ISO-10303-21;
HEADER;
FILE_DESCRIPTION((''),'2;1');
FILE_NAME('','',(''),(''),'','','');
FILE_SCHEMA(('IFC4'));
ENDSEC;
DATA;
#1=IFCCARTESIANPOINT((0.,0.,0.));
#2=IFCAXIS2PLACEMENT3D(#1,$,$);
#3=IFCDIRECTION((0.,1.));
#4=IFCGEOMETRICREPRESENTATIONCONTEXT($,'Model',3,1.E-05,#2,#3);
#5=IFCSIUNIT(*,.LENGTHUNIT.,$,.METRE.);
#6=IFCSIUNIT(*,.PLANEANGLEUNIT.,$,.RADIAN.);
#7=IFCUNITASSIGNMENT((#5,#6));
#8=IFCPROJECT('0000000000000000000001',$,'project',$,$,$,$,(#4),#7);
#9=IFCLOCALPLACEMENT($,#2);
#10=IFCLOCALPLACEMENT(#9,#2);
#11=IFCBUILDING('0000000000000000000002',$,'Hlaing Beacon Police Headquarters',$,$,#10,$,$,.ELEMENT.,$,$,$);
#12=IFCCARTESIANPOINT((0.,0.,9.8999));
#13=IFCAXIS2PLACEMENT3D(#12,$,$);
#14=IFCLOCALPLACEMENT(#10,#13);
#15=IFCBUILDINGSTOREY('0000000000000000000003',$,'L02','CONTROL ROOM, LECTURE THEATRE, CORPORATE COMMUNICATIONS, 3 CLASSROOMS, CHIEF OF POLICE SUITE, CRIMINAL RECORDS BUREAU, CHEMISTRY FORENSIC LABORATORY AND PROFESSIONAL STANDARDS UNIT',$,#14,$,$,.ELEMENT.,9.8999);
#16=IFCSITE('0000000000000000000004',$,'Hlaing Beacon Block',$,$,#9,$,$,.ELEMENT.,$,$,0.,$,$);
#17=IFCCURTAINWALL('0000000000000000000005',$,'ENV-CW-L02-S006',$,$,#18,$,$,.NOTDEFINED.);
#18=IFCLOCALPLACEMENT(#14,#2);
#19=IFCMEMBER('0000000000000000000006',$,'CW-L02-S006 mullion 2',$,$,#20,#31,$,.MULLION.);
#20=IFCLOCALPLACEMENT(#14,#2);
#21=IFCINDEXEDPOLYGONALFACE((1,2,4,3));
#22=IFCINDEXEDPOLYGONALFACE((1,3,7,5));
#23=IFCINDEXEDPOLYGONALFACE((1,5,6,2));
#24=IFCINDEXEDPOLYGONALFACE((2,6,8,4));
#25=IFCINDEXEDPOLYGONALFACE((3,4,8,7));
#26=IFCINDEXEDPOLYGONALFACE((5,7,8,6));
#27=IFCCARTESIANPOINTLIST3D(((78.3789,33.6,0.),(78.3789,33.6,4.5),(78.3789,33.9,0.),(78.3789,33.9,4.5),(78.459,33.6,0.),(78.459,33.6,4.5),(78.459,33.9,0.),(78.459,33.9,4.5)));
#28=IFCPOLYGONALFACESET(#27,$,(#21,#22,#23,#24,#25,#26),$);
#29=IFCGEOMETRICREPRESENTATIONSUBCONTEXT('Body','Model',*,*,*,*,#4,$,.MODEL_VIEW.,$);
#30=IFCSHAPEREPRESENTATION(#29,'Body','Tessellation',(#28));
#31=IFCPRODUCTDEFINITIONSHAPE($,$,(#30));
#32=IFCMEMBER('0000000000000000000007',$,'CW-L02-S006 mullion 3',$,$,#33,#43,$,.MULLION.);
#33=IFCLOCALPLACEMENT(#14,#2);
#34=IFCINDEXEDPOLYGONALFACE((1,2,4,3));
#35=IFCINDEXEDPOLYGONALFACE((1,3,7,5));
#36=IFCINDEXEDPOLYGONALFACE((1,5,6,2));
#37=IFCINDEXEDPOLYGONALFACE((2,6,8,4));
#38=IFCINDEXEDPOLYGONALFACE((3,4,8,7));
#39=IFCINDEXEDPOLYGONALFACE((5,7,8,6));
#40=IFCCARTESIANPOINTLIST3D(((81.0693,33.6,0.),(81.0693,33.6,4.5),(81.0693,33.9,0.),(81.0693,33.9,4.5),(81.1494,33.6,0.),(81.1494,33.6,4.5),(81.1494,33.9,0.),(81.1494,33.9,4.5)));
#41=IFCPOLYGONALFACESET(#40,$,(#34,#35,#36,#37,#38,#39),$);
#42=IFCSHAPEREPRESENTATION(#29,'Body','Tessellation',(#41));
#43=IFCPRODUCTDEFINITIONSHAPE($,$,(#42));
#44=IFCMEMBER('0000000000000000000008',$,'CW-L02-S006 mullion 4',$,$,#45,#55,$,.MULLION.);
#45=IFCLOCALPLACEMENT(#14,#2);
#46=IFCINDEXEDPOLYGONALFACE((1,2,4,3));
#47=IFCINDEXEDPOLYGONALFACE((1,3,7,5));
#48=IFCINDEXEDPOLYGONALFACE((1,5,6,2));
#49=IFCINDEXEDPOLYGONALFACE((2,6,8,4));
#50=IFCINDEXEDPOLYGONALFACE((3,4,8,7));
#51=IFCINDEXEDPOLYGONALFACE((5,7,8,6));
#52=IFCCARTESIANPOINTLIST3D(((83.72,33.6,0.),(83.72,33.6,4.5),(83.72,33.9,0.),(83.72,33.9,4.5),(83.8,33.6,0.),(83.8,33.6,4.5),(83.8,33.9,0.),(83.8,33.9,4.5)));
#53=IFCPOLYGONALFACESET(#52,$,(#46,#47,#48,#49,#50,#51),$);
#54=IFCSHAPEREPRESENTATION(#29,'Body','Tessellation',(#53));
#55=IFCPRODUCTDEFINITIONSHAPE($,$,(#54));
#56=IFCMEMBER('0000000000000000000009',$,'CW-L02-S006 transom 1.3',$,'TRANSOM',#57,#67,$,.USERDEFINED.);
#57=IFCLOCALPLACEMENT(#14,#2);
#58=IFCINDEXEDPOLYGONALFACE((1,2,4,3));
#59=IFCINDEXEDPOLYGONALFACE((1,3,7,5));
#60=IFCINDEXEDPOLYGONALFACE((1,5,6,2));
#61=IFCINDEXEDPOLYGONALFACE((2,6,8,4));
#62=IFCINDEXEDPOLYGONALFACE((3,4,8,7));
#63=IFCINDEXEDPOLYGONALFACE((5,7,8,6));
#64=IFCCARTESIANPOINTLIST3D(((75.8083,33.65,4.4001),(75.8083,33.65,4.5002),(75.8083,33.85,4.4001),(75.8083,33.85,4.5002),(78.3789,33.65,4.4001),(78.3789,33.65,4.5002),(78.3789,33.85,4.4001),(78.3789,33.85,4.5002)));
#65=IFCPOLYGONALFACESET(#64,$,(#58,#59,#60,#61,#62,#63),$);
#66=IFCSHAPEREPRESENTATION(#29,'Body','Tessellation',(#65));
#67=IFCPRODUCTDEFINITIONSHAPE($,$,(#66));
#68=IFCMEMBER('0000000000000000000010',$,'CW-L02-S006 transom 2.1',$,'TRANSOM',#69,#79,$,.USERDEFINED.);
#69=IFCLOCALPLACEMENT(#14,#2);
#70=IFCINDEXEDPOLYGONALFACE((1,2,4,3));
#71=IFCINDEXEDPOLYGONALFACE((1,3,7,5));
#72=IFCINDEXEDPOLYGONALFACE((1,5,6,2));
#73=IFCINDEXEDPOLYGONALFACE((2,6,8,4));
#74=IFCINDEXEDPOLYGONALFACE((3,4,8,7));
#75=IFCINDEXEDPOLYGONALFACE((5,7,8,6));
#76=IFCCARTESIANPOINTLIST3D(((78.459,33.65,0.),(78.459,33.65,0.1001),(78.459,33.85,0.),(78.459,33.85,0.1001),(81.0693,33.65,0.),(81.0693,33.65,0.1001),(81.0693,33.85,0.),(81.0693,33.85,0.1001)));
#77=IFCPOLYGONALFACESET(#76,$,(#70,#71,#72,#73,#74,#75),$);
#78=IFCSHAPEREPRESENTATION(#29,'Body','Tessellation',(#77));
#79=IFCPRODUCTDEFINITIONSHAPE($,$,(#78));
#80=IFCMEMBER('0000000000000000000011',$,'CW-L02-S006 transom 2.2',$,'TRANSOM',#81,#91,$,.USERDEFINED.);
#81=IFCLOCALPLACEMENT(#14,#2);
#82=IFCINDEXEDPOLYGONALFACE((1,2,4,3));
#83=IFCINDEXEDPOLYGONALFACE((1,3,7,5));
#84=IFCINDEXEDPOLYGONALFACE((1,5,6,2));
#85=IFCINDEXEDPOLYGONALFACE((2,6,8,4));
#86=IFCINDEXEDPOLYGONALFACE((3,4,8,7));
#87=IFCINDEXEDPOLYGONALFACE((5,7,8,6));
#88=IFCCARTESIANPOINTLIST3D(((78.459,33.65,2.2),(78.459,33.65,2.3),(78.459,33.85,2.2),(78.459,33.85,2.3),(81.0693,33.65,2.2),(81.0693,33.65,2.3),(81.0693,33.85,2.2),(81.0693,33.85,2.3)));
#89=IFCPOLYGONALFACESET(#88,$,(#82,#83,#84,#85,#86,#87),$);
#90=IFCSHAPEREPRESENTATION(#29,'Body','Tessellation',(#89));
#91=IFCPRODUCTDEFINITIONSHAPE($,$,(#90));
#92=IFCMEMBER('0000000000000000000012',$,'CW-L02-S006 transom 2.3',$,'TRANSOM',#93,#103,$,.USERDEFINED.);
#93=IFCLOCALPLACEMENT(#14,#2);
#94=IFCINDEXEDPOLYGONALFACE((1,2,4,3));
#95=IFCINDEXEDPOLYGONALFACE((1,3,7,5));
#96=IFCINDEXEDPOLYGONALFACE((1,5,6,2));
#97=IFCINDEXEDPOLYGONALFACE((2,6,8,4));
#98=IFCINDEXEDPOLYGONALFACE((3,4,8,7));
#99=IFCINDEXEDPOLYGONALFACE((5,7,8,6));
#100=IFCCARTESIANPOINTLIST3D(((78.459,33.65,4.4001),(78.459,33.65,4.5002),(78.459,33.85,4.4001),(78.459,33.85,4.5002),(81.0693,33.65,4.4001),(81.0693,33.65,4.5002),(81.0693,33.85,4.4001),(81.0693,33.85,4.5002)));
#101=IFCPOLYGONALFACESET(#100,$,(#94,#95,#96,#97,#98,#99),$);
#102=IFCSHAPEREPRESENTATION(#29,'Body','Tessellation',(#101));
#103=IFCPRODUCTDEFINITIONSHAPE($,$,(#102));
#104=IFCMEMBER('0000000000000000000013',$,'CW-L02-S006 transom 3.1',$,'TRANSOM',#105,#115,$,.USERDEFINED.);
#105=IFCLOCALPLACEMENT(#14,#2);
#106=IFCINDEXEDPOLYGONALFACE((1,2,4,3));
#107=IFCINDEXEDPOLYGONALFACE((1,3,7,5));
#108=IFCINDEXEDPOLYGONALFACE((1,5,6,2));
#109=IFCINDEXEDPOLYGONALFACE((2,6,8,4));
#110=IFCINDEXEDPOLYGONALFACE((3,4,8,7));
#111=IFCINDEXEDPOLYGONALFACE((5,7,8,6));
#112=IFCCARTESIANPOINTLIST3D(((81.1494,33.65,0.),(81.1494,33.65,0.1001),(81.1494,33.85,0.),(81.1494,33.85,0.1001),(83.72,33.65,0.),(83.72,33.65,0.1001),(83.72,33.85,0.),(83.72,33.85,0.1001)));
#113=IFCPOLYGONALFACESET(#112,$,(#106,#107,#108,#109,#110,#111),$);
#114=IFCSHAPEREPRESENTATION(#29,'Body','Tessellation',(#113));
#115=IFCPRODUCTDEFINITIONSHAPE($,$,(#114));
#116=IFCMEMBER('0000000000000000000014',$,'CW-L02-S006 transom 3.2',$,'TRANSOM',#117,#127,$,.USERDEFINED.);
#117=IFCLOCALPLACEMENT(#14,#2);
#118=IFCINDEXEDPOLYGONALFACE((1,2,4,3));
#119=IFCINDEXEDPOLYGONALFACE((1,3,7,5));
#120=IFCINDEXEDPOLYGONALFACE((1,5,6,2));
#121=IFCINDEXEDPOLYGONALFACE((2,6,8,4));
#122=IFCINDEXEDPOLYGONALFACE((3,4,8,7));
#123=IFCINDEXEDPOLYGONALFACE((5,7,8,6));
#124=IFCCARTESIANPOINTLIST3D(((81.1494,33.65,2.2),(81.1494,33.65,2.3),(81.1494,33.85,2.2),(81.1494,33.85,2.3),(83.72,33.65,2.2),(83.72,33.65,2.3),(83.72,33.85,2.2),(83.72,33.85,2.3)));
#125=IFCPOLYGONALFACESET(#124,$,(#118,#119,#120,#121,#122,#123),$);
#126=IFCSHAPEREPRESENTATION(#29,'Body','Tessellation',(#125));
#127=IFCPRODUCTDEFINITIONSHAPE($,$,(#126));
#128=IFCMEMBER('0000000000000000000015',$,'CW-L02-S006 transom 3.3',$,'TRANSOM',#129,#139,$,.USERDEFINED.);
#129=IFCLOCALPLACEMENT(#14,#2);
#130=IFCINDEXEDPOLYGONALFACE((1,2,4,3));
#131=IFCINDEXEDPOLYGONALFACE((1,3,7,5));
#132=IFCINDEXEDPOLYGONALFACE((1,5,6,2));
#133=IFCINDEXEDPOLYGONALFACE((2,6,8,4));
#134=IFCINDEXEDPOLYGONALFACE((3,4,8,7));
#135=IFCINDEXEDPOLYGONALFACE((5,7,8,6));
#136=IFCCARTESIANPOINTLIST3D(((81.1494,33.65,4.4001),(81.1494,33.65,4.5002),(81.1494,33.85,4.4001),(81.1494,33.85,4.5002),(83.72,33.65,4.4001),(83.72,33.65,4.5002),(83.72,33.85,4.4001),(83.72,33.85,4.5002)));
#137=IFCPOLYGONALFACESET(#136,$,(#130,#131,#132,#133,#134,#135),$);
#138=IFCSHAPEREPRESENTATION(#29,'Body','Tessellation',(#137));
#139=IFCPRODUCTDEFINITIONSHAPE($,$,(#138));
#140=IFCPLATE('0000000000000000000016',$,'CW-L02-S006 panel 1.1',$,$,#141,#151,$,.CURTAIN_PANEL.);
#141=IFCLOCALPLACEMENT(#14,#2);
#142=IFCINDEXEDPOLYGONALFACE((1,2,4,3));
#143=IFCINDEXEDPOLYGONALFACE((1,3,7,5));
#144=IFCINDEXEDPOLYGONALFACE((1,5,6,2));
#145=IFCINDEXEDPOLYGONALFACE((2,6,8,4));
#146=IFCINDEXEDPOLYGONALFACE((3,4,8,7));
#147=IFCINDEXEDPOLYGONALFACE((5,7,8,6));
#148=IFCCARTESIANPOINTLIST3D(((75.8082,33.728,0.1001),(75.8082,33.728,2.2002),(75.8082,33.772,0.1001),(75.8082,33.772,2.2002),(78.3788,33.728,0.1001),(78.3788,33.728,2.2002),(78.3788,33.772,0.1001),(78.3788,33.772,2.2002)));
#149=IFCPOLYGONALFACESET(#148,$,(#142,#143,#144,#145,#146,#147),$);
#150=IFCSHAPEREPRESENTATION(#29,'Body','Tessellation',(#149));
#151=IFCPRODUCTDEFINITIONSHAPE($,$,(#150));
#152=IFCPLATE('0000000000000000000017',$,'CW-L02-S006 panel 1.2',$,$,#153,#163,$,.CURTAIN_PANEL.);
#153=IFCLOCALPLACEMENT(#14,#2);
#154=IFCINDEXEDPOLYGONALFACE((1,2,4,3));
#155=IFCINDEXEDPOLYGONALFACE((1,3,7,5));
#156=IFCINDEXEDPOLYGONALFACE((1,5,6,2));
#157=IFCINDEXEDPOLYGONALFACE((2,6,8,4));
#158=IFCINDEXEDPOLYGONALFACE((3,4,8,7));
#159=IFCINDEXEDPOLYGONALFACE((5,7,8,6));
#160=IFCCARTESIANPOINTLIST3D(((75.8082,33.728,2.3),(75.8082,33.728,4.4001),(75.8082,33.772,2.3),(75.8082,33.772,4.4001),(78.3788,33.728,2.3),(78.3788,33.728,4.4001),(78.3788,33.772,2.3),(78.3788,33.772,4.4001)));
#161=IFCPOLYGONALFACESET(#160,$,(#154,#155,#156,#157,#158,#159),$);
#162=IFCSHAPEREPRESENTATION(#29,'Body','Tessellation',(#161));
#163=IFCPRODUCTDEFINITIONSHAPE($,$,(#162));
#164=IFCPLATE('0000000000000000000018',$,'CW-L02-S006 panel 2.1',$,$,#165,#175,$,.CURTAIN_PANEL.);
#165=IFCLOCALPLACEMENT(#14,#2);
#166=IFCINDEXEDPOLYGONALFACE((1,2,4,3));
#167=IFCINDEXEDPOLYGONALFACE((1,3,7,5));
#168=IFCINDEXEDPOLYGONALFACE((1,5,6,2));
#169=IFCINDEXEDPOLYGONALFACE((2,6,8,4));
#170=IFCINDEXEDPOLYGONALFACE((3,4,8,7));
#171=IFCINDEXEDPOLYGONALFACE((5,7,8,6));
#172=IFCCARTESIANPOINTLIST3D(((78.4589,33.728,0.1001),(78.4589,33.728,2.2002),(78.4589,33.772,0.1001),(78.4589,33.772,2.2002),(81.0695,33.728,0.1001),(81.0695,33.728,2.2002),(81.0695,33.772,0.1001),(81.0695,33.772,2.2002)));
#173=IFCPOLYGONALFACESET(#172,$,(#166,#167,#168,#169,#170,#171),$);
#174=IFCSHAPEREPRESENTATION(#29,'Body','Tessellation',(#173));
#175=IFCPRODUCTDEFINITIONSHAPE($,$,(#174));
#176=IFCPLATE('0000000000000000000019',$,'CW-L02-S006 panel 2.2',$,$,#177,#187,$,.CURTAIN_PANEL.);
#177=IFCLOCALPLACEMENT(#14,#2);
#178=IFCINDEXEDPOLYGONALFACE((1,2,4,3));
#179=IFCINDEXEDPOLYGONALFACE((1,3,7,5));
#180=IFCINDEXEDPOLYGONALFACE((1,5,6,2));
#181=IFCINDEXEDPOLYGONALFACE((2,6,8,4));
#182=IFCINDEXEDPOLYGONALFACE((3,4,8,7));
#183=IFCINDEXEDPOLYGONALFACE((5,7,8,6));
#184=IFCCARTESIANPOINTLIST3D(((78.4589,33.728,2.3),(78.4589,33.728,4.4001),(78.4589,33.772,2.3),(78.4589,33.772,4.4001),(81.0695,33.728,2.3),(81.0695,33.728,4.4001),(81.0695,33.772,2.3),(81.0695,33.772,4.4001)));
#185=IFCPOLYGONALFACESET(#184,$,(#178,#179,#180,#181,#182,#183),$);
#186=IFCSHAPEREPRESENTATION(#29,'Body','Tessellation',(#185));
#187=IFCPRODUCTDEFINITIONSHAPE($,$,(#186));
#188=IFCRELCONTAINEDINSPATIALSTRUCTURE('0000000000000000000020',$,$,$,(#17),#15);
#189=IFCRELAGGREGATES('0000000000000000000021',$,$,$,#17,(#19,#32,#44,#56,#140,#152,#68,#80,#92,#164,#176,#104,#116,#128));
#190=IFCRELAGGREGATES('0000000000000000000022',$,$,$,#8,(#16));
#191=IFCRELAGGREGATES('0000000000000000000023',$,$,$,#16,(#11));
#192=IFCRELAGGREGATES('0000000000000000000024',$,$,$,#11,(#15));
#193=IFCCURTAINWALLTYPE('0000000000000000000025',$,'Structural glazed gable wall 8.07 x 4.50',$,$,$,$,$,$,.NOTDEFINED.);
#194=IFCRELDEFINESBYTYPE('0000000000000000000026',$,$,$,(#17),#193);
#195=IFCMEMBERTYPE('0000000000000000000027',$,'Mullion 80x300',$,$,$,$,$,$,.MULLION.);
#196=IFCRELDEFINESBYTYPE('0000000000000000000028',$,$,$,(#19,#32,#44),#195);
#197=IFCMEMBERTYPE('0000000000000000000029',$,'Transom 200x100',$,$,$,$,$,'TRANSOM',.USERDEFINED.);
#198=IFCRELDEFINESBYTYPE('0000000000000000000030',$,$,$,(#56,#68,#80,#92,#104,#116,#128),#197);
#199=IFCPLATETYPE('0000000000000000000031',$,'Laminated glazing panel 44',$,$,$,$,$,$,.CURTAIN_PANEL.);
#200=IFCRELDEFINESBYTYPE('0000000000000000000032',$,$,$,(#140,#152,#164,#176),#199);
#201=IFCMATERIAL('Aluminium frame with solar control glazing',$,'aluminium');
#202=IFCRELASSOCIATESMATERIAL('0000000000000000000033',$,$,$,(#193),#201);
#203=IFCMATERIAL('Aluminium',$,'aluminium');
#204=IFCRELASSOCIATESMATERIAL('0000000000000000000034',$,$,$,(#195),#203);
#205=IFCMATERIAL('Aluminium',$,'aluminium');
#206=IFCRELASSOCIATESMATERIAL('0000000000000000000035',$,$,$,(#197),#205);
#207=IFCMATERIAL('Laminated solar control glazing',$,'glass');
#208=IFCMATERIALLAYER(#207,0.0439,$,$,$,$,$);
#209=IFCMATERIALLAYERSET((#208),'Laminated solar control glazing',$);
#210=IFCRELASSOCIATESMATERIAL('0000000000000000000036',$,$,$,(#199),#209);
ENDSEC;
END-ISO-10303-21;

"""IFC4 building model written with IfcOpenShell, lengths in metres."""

from ifc_helpers import new_model, si_unit, direction, frame, origin, origin_2d, place, context, subcontext, project, spatial, rectangle, extrude, material, layer, layer_set, material_profile, profile_set, type_object, element, aggregate, save


model = new_model("IFC4")

# Units and contexts
model_context = context("Model", 3, precision=1e-05, world=origin(), true_north=direction((0.0, 1.0)))
body_context = subcontext(model_context, "Body", "Model", "MODEL_VIEW")
ifc_project = project(units=[si_unit("LENGTHUNIT", "METRE"), si_unit("PLANEANGLEUNIT", "RADIAN")], contexts=[model_context])

# Site, building, storey
site_placement = place(None, origin())
site = spatial("IfcSite", under=ifc_project, at=site_placement, Name="Hlaing Beacon Block", CompositionType="ELEMENT", RefElevation=0.0)
building_placement = place(site_placement, origin())
building = spatial("IfcBuilding", under=site, at=building_placement, Name="Hlaing Beacon Police Headquarters", CompositionType="ELEMENT")
storey_placement = place(building_placement, frame((0.0, 0.0, 9.8999)))
storey = spatial("IfcBuildingStorey", under=building, at=storey_placement, Name="L02", Description="CONTROL ROOM, LECTURE THEATRE, CORPORATE COMMUNICATIONS, 3 CLASSROOMS, CHIEF OF POLICE SUITE, CRIMINAL RECORDS BUREAU, CHEMISTRY FORENSIC LABORATORY AND PROFESSIONAL STANDARDS UNIT", CompositionType="ELEMENT", Elevation=9.8999)

# Curtain wall, members, plates
ifc_material_1 = material(Name="Aluminium frame with solar control glazing", Category="aluminium")
curtain_wall_type = type_object("IfcCurtainWallType", Name="Structural glazed gable wall 8.07 x 4.50", PredefinedType="NOTDEFINED", material=ifc_material_1)
curtain_wall_placement = place(storey_placement, origin())
curtain_wall = element("IfcCurtainWall", 1, at=curtain_wall_placement, inside=storey, type_object=curtain_wall_type, Name="ENV-CW-L02-S006", PredefinedType="NOTDEFINED")
ifc_material_2 = material(Name="Aluminium", Category="aluminium")
ifc_material_profile_1 = material_profile(ifc_material_2, rectangle(XDim=0.3, YDim=0.0801, at=origin_2d()), Name="Mullion 80x300")
ifc_profile_set_1 = profile_set([ifc_material_profile_1], Name="Aluminium")
member_type_1 = type_object("IfcMemberType", Name="Mullion 80x300", PredefinedType="MULLION", material=ifc_profile_set_1)
member_1_placement = place(storey_placement, frame((78.4189, 33.75, 0.0), z_axis=(0.0, 0.0, 1.0), x_axis=(0.0, 1.0, 0.0)))
member_1 = element("IfcMember", 2, at=member_1_placement, type_object=member_type_1, Name="CW-L02-S006 mullion 2", PredefinedType="MULLION", context=body_context, shape_type="SweptSolid", body=[
    extrude(rectangle(XDim=0.3, YDim=0.0801, at=origin_2d()), origin(), (0.0, 0.0, 1.0), 4.5),
])
member_2_placement = place(storey_placement, frame((81.1094, 33.75, 0.0), z_axis=(0.0, 0.0, 1.0), x_axis=(0.0, 1.0, 0.0)))
member_2 = element("IfcMember", 3, at=member_2_placement, type_object=member_type_1, Name="CW-L02-S006 mullion 3", PredefinedType="MULLION", context=body_context, shape_type="SweptSolid", body=[
    extrude(rectangle(XDim=0.3, YDim=0.0801, at=origin_2d()), origin(), (0.0, 0.0, 1.0), 4.5),
])
member_3_placement = place(storey_placement, frame((83.76, 33.75, 0.0), z_axis=(0.0, 0.0, 1.0), x_axis=(0.0, 1.0, 0.0)))
member_3 = element("IfcMember", 4, at=member_3_placement, type_object=member_type_1, Name="CW-L02-S006 mullion 4", PredefinedType="MULLION", context=body_context, shape_type="SweptSolid", body=[
    extrude(rectangle(XDim=0.3, YDim=0.0801, at=origin_2d()), origin(), (0.0, 0.0, 1.0), 4.5),
])
ifc_material_3 = material(Name="Aluminium", Category="aluminium")
ifc_material_profile_2 = material_profile(ifc_material_3, rectangle(XDim=0.2, YDim=0.1001, at=origin_2d()), Name="Transom 200x100")
ifc_profile_set_2 = profile_set([ifc_material_profile_2], Name="Aluminium")
member_type_2 = type_object("IfcMemberType", Name="Transom 200x100", ElementType="TRANSOM", PredefinedType="USERDEFINED", material=ifc_profile_set_2)
member_4_placement = place(storey_placement, frame((75.8083, 33.75, 4.4502), z_axis=(1.0, 0.0, 0.0), x_axis=(0.0, 1.0, 0.0)))
member_4 = element("IfcMember", 5, at=member_4_placement, type_object=member_type_2, Name="CW-L02-S006 transom 1.3", ObjectType="TRANSOM", PredefinedType="USERDEFINED", context=body_context, shape_type="SweptSolid", body=[
    extrude(rectangle(XDim=0.2, YDim=0.1001, at=origin_2d()), origin(), (0.0, 0.0, 1.0), 2.5706),
])
member_5_placement = place(storey_placement, frame((78.459, 33.75, 0.05), z_axis=(1.0, 0.0, 0.0), x_axis=(0.0, 1.0, 0.0)))
member_5 = element("IfcMember", 6, at=member_5_placement, type_object=member_type_2, Name="CW-L02-S006 transom 2.1", ObjectType="TRANSOM", PredefinedType="USERDEFINED", context=body_context, shape_type="SweptSolid", body=[
    extrude(rectangle(XDim=0.2, YDim=0.1001, at=origin_2d()), origin(), (0.0, 0.0, 1.0), 2.6104),
])
member_6_placement = place(storey_placement, frame((78.459, 33.75, 2.25), z_axis=(1.0, 0.0, 0.0), x_axis=(0.0, 1.0, 0.0)))
member_6 = element("IfcMember", 7, at=member_6_placement, type_object=member_type_2, Name="CW-L02-S006 transom 2.2", ObjectType="TRANSOM", PredefinedType="USERDEFINED", context=body_context, shape_type="SweptSolid", body=[
    extrude(rectangle(XDim=0.2, YDim=0.1001, at=origin_2d()), origin(), (0.0, 0.0, 1.0), 2.6104),
])
member_7_placement = place(storey_placement, frame((78.459, 33.75, 4.4502), z_axis=(1.0, 0.0, 0.0), x_axis=(0.0, 1.0, 0.0)))
member_7 = element("IfcMember", 8, at=member_7_placement, type_object=member_type_2, Name="CW-L02-S006 transom 2.3", ObjectType="TRANSOM", PredefinedType="USERDEFINED", context=body_context, shape_type="SweptSolid", body=[
    extrude(rectangle(XDim=0.2, YDim=0.1001, at=origin_2d()), origin(), (0.0, 0.0, 1.0), 2.6104),
])
member_8_placement = place(storey_placement, frame((81.1494, 33.75, 0.05), z_axis=(1.0, 0.0, 0.0), x_axis=(0.0, 1.0, 0.0)))
member_8 = element("IfcMember", 9, at=member_8_placement, type_object=member_type_2, Name="CW-L02-S006 transom 3.1", ObjectType="TRANSOM", PredefinedType="USERDEFINED", context=body_context, shape_type="SweptSolid", body=[
    extrude(rectangle(XDim=0.2, YDim=0.1001, at=origin_2d()), origin(), (0.0, 0.0, 1.0), 2.5706),
])
member_9_placement = place(storey_placement, frame((81.1494, 33.75, 2.25), z_axis=(1.0, 0.0, 0.0), x_axis=(0.0, 1.0, 0.0)))
member_9 = element("IfcMember", 10, at=member_9_placement, type_object=member_type_2, Name="CW-L02-S006 transom 3.2", ObjectType="TRANSOM", PredefinedType="USERDEFINED", context=body_context, shape_type="SweptSolid", body=[
    extrude(rectangle(XDim=0.2, YDim=0.1001, at=origin_2d()), origin(), (0.0, 0.0, 1.0), 2.5706),
])
member_10_placement = place(storey_placement, frame((81.1494, 33.75, 4.4502), z_axis=(1.0, 0.0, 0.0), x_axis=(0.0, 1.0, 0.0)))
member_10 = element("IfcMember", 11, at=member_10_placement, type_object=member_type_2, Name="CW-L02-S006 transom 3.3", ObjectType="TRANSOM", PredefinedType="USERDEFINED", context=body_context, shape_type="SweptSolid", body=[
    extrude(rectangle(XDim=0.2, YDim=0.1001, at=origin_2d()), origin(), (0.0, 0.0, 1.0), 2.5706),
])
ifc_material_4 = material(Name="Laminated solar control glazing", Category="glass")
ifc_layer_1 = layer(ifc_material_4, 0.0439)
ifc_layer_set_1 = layer_set([ifc_layer_1], Name="Laminated solar control glazing")
plate_type = type_object("IfcPlateType", Name="Laminated glazing panel 44", PredefinedType="CURTAIN_PANEL", material=ifc_layer_set_1)
plate_1_placement = place(storey_placement, frame((77.0935, 33.75, 0.1001), z_axis=(0.0, 0.0, 1.0), x_axis=(1.0, 0.0, 0.0)))
plate_1 = element("IfcPlate", 12, at=plate_1_placement, type_object=plate_type, Name="CW-L02-S006 panel 1.1", PredefinedType="CURTAIN_PANEL", context=body_context, shape_type="SweptSolid", body=[
    extrude(rectangle(XDim=2.5706, YDim=0.0439, at=origin_2d()), origin(), (0.0, 0.0, 1.0), 2.1001),
])
plate_2_placement = place(storey_placement, frame((77.0935, 33.75, 2.3), z_axis=(0.0, 0.0, 1.0), x_axis=(1.0, 0.0, 0.0)))
plate_2 = element("IfcPlate", 13, at=plate_2_placement, type_object=plate_type, Name="CW-L02-S006 panel 1.2", PredefinedType="CURTAIN_PANEL", context=body_context, shape_type="SweptSolid", body=[
    extrude(rectangle(XDim=2.5706, YDim=0.0439, at=origin_2d()), origin(), (0.0, 0.0, 1.0), 2.1001),
])
plate_3_placement = place(storey_placement, frame((79.7642, 33.75, 0.1001), z_axis=(0.0, 0.0, 1.0), x_axis=(1.0, 0.0, 0.0)))
plate_3 = element("IfcPlate", 14, at=plate_3_placement, type_object=plate_type, Name="CW-L02-S006 panel 2.1", PredefinedType="CURTAIN_PANEL", context=body_context, shape_type="SweptSolid", body=[
    extrude(rectangle(XDim=2.6106, YDim=0.0439, at=origin_2d()), origin(), (0.0, 0.0, 1.0), 2.1001),
])
plate_4_placement = place(storey_placement, frame((79.7642, 33.75, 2.3), z_axis=(0.0, 0.0, 1.0), x_axis=(1.0, 0.0, 0.0)))
plate_4 = element("IfcPlate", 15, at=plate_4_placement, type_object=plate_type, Name="CW-L02-S006 panel 2.2", PredefinedType="CURTAIN_PANEL", context=body_context, shape_type="SweptSolid", body=[
    extrude(rectangle(XDim=2.6106, YDim=0.0439, at=origin_2d()), origin(), (0.0, 0.0, 1.0), 2.1001),
])
aggregate(curtain_wall, [member_1, member_2, member_3, member_4, plate_1, plate_2, member_5, member_6, member_7, plate_3, plate_4, member_8, member_9, member_10])

save(model, "model.ifc")
